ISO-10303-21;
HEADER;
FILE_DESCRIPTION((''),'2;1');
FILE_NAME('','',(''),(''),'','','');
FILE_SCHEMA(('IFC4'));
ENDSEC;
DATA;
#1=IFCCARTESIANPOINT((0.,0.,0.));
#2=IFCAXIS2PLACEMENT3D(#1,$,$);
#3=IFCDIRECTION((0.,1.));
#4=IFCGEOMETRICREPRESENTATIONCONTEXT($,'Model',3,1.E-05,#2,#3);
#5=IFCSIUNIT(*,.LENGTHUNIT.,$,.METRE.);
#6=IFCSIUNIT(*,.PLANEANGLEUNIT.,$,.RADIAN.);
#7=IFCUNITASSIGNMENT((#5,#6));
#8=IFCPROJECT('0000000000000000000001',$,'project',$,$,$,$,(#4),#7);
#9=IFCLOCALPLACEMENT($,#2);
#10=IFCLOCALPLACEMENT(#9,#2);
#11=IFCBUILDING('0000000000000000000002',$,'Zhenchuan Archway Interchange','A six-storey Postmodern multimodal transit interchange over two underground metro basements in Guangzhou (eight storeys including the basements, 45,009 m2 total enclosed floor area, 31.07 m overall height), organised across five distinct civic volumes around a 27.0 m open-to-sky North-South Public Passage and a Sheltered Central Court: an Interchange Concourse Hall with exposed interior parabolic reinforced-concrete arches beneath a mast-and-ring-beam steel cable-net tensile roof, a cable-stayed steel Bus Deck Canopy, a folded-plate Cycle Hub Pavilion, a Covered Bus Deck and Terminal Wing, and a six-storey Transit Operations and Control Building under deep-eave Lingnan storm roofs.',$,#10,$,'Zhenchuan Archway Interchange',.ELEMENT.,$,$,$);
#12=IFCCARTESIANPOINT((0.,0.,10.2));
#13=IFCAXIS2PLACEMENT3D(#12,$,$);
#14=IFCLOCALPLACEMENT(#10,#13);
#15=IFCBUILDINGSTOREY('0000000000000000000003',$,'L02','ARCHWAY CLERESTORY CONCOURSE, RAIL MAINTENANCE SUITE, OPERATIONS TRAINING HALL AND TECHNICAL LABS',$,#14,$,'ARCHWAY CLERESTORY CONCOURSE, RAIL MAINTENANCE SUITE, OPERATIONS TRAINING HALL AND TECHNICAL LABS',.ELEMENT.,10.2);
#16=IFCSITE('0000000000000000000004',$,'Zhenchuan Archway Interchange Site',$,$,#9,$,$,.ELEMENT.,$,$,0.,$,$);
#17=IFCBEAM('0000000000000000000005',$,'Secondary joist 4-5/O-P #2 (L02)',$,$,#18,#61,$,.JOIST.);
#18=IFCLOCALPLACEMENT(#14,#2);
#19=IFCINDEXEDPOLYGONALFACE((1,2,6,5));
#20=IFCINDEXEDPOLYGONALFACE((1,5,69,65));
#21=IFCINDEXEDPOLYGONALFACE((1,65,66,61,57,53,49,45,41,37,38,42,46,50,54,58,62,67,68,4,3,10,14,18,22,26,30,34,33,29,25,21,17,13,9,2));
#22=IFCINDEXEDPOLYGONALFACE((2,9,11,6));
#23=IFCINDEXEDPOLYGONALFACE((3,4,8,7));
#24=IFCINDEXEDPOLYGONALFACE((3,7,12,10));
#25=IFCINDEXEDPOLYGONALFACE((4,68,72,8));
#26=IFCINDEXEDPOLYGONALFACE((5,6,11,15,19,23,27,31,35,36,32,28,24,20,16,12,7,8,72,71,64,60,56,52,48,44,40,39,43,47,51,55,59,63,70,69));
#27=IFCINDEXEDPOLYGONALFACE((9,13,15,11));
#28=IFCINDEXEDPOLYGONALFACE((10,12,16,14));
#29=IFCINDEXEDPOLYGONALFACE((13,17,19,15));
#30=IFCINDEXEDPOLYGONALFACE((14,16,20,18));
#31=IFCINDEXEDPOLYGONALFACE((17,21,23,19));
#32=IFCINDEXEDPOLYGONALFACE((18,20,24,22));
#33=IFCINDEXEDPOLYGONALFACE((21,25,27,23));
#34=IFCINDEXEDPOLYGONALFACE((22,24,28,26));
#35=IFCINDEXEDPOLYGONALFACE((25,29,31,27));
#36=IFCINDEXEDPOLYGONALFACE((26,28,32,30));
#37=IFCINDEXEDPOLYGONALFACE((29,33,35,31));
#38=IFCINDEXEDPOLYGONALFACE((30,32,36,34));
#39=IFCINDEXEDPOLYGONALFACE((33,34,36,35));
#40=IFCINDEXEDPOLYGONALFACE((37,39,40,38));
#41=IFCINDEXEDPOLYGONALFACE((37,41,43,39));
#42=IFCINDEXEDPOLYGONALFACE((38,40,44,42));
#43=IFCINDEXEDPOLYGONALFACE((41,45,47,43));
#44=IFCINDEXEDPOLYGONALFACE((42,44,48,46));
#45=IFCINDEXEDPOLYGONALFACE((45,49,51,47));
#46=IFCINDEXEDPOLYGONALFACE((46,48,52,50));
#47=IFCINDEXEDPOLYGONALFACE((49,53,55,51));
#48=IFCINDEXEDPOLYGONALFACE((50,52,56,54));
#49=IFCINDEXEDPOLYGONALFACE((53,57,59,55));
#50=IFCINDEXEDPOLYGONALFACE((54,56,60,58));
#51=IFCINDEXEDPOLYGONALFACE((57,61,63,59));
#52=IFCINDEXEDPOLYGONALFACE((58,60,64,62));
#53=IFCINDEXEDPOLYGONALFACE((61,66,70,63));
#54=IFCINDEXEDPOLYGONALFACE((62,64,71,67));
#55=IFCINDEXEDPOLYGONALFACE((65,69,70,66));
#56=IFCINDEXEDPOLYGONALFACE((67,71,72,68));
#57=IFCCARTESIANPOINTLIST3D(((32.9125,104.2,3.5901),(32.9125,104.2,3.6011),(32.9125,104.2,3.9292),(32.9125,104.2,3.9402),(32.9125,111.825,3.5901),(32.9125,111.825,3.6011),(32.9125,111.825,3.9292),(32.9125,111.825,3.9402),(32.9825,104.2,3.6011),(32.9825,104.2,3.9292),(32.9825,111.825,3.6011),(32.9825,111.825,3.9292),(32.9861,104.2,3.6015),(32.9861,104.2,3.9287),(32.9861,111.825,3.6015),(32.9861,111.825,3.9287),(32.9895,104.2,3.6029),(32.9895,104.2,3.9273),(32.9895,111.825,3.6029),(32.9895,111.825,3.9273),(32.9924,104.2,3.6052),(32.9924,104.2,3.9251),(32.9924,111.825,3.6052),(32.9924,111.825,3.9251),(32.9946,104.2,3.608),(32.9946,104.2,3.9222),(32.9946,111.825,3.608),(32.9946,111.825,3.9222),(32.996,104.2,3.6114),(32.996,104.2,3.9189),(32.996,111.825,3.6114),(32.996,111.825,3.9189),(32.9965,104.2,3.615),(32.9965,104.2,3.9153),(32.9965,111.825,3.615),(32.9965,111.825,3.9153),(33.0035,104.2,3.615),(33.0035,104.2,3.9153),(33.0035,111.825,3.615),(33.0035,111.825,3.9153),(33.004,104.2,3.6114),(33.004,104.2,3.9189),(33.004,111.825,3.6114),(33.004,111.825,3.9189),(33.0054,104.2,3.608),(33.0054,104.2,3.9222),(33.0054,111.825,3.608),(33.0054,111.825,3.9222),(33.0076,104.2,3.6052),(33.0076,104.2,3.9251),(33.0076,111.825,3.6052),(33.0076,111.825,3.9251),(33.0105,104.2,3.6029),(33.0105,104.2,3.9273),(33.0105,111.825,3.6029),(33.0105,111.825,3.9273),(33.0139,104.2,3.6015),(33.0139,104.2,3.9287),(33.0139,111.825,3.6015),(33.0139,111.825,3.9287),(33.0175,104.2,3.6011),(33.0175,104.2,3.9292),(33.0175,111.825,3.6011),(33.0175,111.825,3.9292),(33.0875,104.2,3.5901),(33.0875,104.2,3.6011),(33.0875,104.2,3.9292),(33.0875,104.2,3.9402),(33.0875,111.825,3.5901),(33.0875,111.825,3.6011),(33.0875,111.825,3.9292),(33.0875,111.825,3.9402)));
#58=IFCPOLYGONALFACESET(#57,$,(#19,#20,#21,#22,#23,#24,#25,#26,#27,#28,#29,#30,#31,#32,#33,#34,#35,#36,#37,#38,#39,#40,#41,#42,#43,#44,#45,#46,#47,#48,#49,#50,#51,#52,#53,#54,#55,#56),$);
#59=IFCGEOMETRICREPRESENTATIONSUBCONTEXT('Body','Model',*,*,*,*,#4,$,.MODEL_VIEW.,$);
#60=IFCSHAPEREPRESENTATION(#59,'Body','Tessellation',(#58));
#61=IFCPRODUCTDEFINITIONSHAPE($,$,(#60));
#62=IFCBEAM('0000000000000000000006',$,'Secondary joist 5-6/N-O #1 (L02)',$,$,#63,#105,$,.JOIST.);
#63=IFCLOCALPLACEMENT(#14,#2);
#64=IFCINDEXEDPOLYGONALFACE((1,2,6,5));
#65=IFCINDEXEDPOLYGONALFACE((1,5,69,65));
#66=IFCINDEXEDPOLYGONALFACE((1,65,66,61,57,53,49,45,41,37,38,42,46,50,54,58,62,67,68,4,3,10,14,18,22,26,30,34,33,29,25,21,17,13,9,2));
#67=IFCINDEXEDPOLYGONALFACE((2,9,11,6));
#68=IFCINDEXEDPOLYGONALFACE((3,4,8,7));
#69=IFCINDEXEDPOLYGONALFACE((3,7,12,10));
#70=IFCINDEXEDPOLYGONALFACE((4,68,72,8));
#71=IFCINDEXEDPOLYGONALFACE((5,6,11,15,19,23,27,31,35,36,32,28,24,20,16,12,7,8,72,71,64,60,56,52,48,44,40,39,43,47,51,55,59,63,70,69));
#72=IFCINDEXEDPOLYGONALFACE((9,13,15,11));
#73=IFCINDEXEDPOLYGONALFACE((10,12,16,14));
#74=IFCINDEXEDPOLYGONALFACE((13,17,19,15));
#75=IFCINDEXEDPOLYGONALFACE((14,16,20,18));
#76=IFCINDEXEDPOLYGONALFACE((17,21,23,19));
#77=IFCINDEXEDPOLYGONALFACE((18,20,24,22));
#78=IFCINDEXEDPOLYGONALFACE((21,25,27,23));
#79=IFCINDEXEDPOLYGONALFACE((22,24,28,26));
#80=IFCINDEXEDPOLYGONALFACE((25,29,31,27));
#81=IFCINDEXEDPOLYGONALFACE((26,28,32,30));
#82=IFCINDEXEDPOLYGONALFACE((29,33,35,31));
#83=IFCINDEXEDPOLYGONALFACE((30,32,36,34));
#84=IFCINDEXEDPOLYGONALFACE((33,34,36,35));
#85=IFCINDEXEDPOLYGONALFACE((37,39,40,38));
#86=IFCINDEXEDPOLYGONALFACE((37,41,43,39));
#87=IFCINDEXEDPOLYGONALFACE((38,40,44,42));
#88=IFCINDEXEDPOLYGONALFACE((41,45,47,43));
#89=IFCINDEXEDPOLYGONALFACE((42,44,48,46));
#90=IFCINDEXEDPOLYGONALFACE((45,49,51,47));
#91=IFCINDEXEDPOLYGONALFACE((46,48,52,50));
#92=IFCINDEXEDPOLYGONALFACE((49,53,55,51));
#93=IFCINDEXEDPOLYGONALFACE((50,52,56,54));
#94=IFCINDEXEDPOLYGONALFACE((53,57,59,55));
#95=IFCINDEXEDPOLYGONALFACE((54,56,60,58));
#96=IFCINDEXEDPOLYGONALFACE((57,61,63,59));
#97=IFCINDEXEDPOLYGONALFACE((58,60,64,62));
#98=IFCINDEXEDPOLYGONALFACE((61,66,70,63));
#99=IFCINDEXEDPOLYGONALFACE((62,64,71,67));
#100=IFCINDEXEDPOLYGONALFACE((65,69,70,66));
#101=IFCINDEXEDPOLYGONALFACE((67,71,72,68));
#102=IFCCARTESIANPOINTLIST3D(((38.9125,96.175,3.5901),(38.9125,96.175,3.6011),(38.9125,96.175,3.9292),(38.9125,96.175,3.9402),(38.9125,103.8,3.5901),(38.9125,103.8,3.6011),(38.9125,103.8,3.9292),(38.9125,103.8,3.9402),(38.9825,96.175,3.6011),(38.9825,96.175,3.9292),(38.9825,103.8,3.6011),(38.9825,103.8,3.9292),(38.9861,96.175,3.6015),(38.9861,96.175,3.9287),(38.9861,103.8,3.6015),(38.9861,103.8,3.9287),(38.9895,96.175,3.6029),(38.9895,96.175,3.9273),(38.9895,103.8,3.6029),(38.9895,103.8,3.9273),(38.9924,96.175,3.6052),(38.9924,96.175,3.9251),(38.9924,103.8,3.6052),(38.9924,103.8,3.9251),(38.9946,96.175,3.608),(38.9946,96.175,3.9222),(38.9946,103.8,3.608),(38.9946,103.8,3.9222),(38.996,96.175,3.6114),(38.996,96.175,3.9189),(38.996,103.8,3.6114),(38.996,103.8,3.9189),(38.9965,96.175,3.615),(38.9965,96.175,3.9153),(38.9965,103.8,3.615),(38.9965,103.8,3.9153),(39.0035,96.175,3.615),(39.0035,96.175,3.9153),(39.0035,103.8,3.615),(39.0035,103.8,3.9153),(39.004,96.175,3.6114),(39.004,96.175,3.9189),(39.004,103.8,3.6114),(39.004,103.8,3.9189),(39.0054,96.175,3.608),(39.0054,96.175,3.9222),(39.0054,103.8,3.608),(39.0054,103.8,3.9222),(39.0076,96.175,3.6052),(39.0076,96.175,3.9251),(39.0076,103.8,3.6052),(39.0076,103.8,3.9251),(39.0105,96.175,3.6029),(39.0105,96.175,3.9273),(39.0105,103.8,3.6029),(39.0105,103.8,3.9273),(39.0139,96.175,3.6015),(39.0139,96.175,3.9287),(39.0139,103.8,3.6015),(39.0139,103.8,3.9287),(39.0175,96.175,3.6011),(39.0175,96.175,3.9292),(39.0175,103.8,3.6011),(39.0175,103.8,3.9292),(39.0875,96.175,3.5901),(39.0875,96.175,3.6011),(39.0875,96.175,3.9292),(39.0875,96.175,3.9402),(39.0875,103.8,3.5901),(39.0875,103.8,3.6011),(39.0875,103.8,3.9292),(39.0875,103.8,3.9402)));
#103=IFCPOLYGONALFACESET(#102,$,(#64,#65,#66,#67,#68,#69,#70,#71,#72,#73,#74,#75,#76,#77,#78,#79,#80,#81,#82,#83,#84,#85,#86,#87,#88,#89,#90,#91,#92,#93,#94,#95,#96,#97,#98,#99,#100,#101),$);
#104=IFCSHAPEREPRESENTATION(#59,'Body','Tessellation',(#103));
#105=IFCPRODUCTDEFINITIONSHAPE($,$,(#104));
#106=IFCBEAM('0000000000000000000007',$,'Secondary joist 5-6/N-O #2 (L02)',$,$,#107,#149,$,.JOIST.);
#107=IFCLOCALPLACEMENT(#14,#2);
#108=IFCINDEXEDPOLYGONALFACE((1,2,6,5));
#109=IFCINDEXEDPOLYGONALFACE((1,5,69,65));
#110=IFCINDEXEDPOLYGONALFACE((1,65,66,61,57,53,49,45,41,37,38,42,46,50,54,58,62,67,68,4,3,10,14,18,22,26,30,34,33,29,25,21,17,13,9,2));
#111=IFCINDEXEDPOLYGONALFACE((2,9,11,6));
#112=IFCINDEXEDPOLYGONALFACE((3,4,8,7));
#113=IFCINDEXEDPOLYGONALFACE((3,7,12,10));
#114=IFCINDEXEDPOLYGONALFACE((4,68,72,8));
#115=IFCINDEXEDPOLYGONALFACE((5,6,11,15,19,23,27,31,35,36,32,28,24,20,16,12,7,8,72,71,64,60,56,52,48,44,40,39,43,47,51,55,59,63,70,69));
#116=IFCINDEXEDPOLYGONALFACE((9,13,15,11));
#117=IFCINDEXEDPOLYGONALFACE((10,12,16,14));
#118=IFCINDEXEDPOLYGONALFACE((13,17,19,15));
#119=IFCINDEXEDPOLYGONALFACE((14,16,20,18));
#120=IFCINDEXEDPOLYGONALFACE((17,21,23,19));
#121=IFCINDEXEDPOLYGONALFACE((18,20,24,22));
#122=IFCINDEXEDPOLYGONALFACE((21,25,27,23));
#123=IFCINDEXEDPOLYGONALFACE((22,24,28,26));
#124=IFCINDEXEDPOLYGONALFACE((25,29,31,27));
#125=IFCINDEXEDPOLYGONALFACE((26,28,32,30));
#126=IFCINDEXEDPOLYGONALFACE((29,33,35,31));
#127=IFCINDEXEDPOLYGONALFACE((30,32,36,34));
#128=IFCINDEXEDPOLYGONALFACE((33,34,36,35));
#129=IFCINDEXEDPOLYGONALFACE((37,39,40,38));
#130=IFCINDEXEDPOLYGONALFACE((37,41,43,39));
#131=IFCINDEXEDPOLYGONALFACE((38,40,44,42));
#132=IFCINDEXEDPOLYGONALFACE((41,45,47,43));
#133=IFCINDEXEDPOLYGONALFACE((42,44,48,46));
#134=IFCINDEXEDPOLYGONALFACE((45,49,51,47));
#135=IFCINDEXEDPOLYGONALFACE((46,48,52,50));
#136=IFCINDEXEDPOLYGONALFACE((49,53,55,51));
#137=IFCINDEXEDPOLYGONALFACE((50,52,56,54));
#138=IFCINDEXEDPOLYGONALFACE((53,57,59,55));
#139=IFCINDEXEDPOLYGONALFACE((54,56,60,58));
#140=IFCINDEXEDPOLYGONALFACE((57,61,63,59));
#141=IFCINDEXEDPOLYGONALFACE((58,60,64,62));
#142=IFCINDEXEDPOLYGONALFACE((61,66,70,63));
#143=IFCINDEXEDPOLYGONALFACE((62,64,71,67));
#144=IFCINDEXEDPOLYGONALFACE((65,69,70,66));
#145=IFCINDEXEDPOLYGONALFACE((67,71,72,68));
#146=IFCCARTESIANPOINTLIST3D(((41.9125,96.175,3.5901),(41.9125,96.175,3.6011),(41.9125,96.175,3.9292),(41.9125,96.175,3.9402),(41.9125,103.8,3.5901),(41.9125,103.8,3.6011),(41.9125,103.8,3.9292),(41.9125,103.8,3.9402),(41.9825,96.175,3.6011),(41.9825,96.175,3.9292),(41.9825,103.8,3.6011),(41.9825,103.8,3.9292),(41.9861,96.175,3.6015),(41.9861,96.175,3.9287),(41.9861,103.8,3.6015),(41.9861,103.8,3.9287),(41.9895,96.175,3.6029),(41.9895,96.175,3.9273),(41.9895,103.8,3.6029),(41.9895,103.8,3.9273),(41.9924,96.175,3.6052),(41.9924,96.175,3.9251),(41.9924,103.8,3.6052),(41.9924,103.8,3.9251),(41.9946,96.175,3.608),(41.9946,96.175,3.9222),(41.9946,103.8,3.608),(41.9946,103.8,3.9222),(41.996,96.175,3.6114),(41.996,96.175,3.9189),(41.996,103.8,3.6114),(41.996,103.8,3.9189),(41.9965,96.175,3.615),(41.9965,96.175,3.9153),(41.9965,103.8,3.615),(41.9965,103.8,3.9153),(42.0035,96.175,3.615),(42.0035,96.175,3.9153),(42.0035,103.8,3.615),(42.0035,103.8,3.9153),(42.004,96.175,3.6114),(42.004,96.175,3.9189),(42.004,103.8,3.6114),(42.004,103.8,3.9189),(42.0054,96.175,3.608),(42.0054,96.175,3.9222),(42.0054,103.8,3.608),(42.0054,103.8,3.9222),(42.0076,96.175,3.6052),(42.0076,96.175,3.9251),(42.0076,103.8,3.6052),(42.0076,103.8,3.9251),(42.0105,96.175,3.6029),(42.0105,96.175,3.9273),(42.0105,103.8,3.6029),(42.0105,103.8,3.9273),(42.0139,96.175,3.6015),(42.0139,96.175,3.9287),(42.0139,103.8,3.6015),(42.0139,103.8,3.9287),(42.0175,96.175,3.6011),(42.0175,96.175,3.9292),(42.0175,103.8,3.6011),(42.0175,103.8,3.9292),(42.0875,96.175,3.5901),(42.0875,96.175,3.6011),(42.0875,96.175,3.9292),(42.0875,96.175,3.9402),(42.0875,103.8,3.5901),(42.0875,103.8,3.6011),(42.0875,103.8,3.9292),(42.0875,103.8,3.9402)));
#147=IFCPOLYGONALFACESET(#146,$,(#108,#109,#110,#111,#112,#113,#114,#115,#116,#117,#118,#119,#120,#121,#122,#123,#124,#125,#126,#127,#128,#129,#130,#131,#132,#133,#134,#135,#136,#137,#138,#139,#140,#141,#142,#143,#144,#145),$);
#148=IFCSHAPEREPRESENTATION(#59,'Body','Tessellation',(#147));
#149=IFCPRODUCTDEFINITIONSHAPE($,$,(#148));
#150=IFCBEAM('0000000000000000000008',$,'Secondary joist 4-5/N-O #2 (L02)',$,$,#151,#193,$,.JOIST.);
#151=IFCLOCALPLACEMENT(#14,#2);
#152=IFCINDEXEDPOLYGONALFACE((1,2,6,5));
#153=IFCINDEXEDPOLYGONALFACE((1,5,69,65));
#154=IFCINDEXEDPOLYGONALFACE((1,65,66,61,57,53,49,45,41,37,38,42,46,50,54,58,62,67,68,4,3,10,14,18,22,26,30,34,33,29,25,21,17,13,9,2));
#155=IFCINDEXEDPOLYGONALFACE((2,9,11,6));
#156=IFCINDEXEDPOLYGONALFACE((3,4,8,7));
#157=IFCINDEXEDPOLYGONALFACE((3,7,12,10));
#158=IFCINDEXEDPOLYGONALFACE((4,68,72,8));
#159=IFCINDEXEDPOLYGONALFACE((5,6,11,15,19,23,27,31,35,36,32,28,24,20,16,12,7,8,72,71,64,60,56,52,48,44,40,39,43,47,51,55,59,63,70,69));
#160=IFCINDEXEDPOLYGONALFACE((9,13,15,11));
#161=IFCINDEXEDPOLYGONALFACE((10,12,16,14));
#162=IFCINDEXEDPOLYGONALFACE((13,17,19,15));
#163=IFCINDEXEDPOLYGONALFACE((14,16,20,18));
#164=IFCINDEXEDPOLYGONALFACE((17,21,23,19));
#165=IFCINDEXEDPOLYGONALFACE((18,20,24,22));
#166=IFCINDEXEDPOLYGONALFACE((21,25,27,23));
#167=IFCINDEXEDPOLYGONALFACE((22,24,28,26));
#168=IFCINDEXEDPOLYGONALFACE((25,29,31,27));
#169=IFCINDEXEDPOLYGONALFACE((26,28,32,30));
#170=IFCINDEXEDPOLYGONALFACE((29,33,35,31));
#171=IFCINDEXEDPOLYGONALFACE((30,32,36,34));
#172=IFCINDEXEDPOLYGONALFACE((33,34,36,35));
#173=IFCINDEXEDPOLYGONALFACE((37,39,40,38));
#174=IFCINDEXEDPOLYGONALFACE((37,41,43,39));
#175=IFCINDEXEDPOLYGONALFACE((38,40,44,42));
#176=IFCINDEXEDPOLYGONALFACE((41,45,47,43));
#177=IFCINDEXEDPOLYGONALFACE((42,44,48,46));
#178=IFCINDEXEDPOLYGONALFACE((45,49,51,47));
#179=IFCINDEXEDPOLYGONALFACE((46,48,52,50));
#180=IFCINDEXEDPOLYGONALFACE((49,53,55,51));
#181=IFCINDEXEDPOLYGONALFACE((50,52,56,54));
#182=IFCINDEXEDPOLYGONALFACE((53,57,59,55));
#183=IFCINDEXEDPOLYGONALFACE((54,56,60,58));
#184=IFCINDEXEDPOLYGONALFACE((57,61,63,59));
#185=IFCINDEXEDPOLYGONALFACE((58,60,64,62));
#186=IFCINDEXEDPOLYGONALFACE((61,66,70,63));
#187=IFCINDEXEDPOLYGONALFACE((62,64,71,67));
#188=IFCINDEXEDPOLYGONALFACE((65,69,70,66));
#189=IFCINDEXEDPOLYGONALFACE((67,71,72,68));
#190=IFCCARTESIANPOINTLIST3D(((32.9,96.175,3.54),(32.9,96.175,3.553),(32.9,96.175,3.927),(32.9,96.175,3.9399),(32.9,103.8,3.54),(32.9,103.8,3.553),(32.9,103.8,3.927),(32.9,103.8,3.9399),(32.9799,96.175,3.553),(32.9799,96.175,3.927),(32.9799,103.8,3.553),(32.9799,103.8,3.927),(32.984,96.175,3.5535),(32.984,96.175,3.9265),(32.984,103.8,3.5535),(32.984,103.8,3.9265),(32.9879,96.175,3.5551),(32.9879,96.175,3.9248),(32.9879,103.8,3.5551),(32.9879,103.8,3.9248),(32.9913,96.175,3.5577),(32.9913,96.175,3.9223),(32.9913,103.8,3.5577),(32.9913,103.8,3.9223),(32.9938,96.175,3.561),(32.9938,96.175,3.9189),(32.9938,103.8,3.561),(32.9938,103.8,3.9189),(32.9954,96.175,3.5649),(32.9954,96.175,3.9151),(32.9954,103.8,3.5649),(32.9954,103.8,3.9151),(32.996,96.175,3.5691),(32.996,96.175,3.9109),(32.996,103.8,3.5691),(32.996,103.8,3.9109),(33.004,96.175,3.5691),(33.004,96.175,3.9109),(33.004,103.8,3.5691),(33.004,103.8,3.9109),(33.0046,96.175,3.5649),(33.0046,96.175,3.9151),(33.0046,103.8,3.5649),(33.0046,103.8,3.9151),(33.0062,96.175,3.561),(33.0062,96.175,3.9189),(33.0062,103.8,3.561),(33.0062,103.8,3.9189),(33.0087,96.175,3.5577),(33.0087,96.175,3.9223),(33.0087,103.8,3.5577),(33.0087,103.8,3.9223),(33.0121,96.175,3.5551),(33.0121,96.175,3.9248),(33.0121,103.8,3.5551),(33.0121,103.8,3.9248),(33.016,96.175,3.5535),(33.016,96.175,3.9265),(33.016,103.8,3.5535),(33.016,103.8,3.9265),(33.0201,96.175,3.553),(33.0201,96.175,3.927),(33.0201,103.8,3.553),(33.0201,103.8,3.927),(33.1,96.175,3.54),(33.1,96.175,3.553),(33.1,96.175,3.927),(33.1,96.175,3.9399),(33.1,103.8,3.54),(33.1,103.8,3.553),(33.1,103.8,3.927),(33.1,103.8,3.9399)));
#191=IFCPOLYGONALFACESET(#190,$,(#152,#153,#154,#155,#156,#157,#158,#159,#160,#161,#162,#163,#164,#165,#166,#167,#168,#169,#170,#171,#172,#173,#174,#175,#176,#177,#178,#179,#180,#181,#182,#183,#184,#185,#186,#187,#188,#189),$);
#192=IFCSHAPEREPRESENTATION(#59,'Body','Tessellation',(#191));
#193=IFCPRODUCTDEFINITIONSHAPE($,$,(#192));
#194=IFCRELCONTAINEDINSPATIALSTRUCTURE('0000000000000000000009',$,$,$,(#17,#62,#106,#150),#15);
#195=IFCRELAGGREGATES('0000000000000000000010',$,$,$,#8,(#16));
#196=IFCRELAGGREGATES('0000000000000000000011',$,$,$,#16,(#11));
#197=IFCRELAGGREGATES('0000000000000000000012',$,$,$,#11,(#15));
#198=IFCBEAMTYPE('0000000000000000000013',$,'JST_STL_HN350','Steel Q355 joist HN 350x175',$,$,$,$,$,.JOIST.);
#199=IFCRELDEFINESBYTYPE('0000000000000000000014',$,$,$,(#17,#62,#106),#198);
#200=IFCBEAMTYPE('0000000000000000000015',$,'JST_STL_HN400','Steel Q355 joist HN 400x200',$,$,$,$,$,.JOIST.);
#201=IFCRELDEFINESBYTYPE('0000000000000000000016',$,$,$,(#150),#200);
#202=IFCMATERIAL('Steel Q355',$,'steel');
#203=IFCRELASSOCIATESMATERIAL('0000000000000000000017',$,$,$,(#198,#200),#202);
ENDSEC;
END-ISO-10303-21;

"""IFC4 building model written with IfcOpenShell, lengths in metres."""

from ifc_helpers import new_model, si_unit, direction, frame, origin, origin_2d, place, context, subcontext, project, spatial, i_section, extrude, material, material_profile, profile_set, type_object, element, save


model = new_model("IFC4")

# Units and contexts
model_context = context("Model", 3, precision=1e-05, world=origin(), true_north=direction((0.0, 1.0)))
body_context = subcontext(model_context, "Body", "Model", "MODEL_VIEW")
ifc_project = project(units=[si_unit("LENGTHUNIT", "METRE"), si_unit("PLANEANGLEUNIT", "RADIAN")], contexts=[model_context])

# Site, building, storey
site_placement = place(None, origin())
site = spatial("IfcSite", under=ifc_project, at=site_placement, Name="Zhenchuan Archway Interchange Site", CompositionType="ELEMENT", RefElevation=0.0)
building_placement = place(site_placement, origin())
building = spatial("IfcBuilding", under=site, at=building_placement, Name="Zhenchuan Archway Interchange", Description="A six-storey Postmodern multimodal transit interchange over two underground metro basements in Guangzhou (eight storeys including the basements, 45,009 m2 total enclosed floor area, 31.07 m overall height), organised across five distinct civic volumes around a 27.0 m open-to-sky North-South Public Passage and a Sheltered Central Court: an Interchange Concourse Hall with exposed interior parabolic reinforced-concrete arches beneath a mast-and-ring-beam steel cable-net tensile roof, a cable-stayed steel Bus Deck Canopy, a folded-plate Cycle Hub Pavilion, a Covered Bus Deck and Terminal Wing, and a six-storey Transit Operations and Control Building under deep-eave Lingnan storm roofs.", LongName="Zhenchuan Archway Interchange", CompositionType="ELEMENT")
storey_placement = place(building_placement, frame((0.0, 0.0, 10.2)))
storey = spatial("IfcBuildingStorey", under=building, at=storey_placement, Name="L02", Description="ARCHWAY CLERESTORY CONCOURSE, RAIL MAINTENANCE SUITE, OPERATIONS TRAINING HALL AND TECHNICAL LABS", LongName="ARCHWAY CLERESTORY CONCOURSE, RAIL MAINTENANCE SUITE, OPERATIONS TRAINING HALL AND TECHNICAL LABS", CompositionType="ELEMENT", Elevation=10.2)

# Beams
ifc_material_1 = material(Name="Steel Q355", Category="steel")
ifc_material_profile_1 = material_profile(ifc_material_1, i_section(OverallWidth=0.175, OverallDepth=0.3501, WebThickness=0.0071, FlangeThickness=0.011, FilletRadius=0.0139, at=origin_2d()), Name="HN 350x175")
ifc_profile_set_1 = profile_set([ifc_material_profile_1], Name="Steel Q355")
beam_type_1 = type_object("IfcBeamType", Name="JST_STL_HN350", Description="Steel Q355 joist HN 350x175", PredefinedType="JOIST", material=ifc_profile_set_1)
for number, where, z_axis, x_axis, name in (
    (1, (33.0, 104.2, 3.7651), (0.0, 1.0, 0.0), (-1.0, 0.0, 0.0), "Secondary joist 4-5/O-P #2 (L02)"),
    (2, (39.0, 96.175, 3.7651), (0.0, 1.0, 0.0), (-1.0, 0.0, 0.0), "Secondary joist 5-6/N-O #1 (L02)"),
    (3, (42.0, 96.175, 3.7651), (0.0, 1.0, 0.0), (-1.0, 0.0, 0.0), "Secondary joist 5-6/N-O #2 (L02)"),
):
    element("IfcBeam", number, at=place(storey_placement, frame(where, z_axis=z_axis, x_axis=x_axis)), inside=storey, type_object=beam_type_1, Name=name, PredefinedType="JOIST", context=body_context, shape_type="SweptSolid", body=[
        extrude(i_section(OverallWidth=0.175, OverallDepth=0.3501, WebThickness=0.0071, FlangeThickness=0.011, FilletRadius=0.0139, at=origin_2d()), origin(), (0.0, 0.0, 1.0), 7.625),
    ])
ifc_material_profile_2 = material_profile(ifc_material_1, i_section(OverallWidth=0.2, OverallDepth=0.3999, WebThickness=0.0081, FlangeThickness=0.0129, FilletRadius=0.0161, at=origin_2d()), Name="HN 400x200")
ifc_profile_set_2 = profile_set([ifc_material_profile_2], Name="Steel Q355")
beam_type_2 = type_object("IfcBeamType", Name="JST_STL_HN400", Description="Steel Q355 joist HN 400x200", PredefinedType="JOIST", material=ifc_profile_set_2)
beam_1_placement = place(storey_placement, frame((33.0, 96.175, 3.74), z_axis=(0.0, 1.0, 0.0), x_axis=(-1.0, 0.0, 0.0)))
element("IfcBeam", 4, at=beam_1_placement, inside=storey, type_object=beam_type_2, Name="Secondary joist 4-5/N-O #2 (L02)", PredefinedType="JOIST", context=body_context, shape_type="SweptSolid", body=[
    extrude(i_section(OverallWidth=0.2, OverallDepth=0.3999, WebThickness=0.0081, FlangeThickness=0.0129, FilletRadius=0.0161, at=origin_2d()), origin(), (0.0, 0.0, 1.0), 7.625),
])

save(model, "model.ifc")
